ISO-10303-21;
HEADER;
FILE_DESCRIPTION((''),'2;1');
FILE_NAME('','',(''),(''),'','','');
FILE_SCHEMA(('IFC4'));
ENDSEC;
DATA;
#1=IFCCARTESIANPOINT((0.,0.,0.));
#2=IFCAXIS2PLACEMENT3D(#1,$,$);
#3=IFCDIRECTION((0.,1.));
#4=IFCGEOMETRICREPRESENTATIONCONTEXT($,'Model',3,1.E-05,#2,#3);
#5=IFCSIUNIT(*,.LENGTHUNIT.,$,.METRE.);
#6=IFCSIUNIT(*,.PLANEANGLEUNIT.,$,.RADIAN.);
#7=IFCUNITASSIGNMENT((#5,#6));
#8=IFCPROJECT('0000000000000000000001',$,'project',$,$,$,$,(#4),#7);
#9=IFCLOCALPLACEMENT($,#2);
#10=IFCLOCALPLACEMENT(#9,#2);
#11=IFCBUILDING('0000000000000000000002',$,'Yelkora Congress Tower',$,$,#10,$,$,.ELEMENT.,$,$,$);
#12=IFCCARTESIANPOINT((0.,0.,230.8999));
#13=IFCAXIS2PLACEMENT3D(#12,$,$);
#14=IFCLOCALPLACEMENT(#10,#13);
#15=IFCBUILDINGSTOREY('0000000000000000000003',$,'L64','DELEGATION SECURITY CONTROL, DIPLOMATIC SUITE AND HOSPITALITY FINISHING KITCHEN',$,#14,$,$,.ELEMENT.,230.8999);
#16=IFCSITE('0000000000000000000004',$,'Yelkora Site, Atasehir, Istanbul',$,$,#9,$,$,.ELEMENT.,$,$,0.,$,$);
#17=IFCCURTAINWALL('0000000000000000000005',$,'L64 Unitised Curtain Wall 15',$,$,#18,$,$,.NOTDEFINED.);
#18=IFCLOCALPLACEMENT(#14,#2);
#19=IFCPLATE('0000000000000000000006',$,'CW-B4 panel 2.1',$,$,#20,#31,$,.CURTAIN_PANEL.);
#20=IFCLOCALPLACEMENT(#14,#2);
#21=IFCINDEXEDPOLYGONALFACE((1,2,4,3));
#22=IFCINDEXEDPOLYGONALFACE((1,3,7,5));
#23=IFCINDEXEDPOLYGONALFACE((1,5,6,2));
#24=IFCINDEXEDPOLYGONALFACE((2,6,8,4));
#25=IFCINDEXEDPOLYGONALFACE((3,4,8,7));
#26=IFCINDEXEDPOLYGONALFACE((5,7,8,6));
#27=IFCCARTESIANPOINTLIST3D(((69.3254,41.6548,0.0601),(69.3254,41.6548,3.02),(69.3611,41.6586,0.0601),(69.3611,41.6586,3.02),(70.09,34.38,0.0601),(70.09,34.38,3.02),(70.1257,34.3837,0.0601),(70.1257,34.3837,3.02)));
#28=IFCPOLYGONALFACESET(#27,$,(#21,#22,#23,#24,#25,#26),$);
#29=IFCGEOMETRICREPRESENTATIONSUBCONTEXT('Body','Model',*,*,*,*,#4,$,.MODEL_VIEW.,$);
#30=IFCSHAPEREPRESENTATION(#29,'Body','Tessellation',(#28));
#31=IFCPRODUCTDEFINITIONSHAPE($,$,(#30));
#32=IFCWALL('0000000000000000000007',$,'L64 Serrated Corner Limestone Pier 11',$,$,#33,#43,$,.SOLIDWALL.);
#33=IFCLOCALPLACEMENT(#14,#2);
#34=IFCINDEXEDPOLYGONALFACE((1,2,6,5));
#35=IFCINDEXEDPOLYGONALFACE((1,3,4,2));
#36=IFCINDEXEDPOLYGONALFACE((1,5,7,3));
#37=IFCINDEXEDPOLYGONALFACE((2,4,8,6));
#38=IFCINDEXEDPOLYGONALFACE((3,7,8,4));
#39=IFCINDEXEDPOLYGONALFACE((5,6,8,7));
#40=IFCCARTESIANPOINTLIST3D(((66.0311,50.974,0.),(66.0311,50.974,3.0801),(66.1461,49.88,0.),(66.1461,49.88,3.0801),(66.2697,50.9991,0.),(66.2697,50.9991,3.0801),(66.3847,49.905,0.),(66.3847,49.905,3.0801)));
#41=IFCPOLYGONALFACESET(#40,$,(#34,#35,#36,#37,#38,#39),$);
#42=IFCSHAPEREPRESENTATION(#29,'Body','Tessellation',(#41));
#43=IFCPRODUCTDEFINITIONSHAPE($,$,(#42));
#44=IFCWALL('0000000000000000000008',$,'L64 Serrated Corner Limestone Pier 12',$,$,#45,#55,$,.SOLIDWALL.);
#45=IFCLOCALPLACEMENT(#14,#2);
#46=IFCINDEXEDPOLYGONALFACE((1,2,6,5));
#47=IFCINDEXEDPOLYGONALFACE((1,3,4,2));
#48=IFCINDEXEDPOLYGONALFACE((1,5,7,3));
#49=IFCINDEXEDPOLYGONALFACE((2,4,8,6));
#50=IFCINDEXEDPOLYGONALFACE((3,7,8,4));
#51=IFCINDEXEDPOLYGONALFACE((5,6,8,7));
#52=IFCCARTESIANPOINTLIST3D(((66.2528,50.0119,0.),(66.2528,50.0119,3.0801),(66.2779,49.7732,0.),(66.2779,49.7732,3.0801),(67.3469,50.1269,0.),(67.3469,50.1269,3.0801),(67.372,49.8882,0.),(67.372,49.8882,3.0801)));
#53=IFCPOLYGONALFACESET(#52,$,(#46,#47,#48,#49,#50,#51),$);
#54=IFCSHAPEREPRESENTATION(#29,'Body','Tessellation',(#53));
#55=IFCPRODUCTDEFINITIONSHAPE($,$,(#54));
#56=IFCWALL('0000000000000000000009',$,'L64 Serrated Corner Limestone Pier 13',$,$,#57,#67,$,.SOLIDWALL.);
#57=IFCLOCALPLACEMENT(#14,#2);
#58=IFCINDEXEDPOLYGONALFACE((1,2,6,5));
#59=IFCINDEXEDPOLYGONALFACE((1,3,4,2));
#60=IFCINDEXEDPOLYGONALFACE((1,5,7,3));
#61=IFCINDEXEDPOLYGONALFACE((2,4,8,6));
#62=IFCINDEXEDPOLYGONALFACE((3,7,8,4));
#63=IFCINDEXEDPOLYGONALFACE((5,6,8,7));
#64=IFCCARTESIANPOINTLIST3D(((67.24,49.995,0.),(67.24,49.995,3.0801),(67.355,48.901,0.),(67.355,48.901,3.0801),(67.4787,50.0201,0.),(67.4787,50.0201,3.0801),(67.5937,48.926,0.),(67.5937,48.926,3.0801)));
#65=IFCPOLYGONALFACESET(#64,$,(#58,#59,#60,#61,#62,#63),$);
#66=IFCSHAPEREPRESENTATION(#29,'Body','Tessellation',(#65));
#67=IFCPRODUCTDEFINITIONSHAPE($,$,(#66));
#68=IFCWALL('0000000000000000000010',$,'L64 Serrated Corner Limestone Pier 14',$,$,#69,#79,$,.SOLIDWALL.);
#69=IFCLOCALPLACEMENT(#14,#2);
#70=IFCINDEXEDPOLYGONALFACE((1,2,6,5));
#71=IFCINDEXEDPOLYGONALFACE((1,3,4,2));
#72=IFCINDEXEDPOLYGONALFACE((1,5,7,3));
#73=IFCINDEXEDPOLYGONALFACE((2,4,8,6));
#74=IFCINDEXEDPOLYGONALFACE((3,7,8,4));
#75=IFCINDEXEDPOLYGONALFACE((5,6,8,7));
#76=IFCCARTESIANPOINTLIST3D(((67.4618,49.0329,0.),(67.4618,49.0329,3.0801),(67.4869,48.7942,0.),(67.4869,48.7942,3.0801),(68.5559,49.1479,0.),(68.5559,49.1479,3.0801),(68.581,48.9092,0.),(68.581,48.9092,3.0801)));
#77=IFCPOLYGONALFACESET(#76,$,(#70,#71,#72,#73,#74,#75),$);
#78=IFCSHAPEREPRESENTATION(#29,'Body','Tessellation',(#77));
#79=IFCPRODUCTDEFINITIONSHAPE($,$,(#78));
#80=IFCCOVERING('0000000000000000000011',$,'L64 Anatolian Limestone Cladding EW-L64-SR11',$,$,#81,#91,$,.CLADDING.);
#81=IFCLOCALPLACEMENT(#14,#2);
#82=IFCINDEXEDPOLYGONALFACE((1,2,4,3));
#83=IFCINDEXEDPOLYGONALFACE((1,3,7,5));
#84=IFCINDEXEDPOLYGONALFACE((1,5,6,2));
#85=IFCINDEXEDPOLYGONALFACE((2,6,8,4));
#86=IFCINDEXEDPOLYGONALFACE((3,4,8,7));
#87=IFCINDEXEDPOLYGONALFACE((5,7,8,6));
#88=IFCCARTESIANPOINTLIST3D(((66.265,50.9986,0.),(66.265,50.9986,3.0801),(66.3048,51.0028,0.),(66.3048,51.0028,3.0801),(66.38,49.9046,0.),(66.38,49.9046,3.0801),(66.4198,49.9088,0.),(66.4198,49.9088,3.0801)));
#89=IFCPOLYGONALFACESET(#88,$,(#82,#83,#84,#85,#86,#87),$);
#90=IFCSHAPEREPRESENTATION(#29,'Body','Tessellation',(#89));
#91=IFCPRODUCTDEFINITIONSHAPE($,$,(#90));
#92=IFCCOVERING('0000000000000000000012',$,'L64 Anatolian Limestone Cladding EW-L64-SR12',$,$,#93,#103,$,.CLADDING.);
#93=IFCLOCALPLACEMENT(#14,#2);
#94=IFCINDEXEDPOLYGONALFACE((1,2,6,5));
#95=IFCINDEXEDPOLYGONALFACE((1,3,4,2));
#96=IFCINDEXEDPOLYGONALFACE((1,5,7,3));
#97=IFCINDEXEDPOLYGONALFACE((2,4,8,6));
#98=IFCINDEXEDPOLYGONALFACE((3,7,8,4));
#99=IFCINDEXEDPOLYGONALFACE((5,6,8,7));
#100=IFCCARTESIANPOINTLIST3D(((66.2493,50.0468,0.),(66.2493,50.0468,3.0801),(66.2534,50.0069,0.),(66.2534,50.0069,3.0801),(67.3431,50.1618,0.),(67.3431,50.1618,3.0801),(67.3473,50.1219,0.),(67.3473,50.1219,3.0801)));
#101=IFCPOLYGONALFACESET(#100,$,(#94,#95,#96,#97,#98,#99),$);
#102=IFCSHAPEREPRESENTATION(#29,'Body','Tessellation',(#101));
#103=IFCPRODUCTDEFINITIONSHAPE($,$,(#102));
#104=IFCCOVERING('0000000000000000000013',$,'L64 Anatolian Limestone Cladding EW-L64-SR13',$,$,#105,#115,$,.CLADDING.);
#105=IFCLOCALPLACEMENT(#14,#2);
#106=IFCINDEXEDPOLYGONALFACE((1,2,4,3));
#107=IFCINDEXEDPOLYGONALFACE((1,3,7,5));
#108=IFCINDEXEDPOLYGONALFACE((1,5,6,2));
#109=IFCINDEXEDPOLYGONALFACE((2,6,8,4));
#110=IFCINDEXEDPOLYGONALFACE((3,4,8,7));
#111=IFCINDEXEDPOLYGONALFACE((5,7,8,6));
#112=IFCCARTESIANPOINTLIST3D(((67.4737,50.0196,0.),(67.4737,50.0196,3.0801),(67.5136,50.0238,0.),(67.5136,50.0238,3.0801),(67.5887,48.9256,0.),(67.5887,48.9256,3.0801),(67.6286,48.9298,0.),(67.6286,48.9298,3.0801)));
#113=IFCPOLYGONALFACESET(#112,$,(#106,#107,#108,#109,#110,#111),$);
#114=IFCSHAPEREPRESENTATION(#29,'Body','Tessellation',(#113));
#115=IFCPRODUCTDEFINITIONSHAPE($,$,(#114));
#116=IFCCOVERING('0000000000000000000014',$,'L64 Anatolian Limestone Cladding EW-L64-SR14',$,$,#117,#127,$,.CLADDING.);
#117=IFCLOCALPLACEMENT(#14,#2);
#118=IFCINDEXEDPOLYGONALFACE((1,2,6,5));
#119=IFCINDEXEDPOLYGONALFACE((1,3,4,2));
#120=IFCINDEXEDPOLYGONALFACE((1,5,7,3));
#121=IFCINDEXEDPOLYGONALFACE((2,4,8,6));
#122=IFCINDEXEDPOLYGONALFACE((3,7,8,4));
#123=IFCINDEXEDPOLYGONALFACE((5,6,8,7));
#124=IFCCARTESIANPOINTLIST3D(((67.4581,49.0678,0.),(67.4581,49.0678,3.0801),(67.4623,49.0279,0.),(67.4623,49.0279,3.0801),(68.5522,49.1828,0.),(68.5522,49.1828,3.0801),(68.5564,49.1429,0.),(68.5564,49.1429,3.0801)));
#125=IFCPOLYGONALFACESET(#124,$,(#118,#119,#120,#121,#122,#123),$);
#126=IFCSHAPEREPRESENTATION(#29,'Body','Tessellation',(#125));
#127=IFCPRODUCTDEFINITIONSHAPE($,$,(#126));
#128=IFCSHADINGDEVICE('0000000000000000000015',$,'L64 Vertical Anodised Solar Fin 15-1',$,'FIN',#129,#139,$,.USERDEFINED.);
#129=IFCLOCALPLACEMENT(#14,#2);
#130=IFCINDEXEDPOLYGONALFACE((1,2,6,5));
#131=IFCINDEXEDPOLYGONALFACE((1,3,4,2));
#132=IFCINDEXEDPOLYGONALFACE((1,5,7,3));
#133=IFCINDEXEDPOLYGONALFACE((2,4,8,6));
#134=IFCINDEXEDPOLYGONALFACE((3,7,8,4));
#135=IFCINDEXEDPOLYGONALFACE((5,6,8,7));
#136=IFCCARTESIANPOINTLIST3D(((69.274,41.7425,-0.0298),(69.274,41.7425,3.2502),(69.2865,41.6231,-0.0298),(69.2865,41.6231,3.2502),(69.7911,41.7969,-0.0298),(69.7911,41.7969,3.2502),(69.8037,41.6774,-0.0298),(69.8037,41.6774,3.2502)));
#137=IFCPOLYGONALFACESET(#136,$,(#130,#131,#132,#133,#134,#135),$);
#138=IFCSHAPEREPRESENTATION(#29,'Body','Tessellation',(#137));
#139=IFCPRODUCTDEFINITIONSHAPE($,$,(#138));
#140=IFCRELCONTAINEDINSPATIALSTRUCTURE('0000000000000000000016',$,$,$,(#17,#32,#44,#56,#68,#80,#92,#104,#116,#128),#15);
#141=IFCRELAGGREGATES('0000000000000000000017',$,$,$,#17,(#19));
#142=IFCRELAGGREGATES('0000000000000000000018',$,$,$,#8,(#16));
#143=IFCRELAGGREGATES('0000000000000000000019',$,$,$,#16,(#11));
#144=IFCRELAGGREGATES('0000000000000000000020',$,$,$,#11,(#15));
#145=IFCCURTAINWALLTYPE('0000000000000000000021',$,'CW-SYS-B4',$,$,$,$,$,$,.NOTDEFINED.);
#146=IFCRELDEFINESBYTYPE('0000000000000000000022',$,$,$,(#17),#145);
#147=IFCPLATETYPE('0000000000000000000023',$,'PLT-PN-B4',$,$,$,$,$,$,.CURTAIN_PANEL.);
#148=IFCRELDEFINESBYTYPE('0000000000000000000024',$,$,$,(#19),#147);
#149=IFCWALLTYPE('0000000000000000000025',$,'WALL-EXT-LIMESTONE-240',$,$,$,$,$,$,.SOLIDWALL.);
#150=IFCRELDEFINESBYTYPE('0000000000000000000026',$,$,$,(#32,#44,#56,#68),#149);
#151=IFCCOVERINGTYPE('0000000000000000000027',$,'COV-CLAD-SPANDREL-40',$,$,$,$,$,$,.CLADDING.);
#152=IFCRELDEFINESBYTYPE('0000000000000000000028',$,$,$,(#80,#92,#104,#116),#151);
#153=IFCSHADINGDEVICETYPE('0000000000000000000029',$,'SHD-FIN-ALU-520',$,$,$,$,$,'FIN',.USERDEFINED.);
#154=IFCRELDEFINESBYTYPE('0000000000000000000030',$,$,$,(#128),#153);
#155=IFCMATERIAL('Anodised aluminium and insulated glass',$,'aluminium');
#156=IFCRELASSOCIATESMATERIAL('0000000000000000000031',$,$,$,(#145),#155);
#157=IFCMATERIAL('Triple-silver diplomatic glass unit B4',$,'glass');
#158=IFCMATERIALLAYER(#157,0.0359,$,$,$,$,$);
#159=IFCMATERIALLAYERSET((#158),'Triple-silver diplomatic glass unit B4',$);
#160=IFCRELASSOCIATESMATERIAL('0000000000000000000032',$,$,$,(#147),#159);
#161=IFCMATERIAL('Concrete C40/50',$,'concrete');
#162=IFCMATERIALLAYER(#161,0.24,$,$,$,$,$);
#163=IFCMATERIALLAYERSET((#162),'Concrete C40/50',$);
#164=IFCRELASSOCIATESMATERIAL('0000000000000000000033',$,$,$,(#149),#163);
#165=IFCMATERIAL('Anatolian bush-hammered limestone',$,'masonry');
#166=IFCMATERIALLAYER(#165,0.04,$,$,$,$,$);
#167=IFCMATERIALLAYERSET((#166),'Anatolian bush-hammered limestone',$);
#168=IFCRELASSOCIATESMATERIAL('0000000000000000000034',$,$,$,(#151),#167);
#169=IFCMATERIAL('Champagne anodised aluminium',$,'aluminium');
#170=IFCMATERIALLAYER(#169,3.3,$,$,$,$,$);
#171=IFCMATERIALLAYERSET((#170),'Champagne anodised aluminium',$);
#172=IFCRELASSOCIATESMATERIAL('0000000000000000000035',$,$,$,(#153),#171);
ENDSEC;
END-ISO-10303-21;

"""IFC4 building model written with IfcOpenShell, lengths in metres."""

from ifc_helpers import new_model, si_unit, direction, frame, frame_2d, origin, origin_2d, place, context, subcontext, project, spatial, rectangle, extrude, material, layer, layer_set, type_object, element, aggregate, save


model = new_model("IFC4")

# Units and contexts
model_context = context("Model", 3, precision=1e-05, world=origin(), true_north=direction((0.0, 1.0)))
body_context = subcontext(model_context, "Body", "Model", "MODEL_VIEW")
ifc_project = project(units=[si_unit("LENGTHUNIT", "METRE"), si_unit("PLANEANGLEUNIT", "RADIAN")], contexts=[model_context])

# Site, building, storey
site_placement = place(None, origin())
site = spatial("IfcSite", under=ifc_project, at=site_placement, Name="Yelkora Site, Atasehir, Istanbul", CompositionType="ELEMENT", RefElevation=0.0)
building_placement = place(site_placement, origin())
building = spatial("IfcBuilding", under=site, at=building_placement, Name="Yelkora Congress Tower", CompositionType="ELEMENT")
storey_placement = place(building_placement, frame((0.0, 0.0, 230.8999)))
storey = spatial("IfcBuildingStorey", under=building, at=storey_placement, Name="L64", Description="DELEGATION SECURITY CONTROL, DIPLOMATIC SUITE AND HOSPITALITY FINISHING KITCHEN", CompositionType="ELEMENT", Elevation=230.8999)

# Shared definitions
ifc_material_1 = material(Name="Anodised aluminium and insulated glass", Category="aluminium")
curtain_wall_type = type_object("IfcCurtainWallType", Name="CW-SYS-B4", PredefinedType="NOTDEFINED", material=ifc_material_1)

# Curtain wall, plate
curtain_wall_1_placement = place(storey_placement, origin())
curtain_wall_1 = element("IfcCurtainWall", 1, at=curtain_wall_1_placement, inside=storey, type_object=curtain_wall_type, Name="L64 Unitised Curtain Wall 15", PredefinedType="NOTDEFINED")
ifc_material_2 = material(Name="Triple-silver diplomatic glass unit B4", Category="glass")
ifc_layer_1 = layer(ifc_material_2, 0.0359)
ifc_layer_set_1 = layer_set([ifc_layer_1], Name="Triple-silver diplomatic glass unit B4")
plate_type = type_object("IfcPlateType", Name="PLT-PN-B4", PredefinedType="CURTAIN_PANEL", material=ifc_layer_set_1)
plate_1_placement = place(storey_placement, frame((69.7256, 38.0193, 0.0601), z_axis=(0.0, 0.0, 1.0), x_axis=(0.104526, -0.994522, 0.0)))
plate_1 = element("IfcPlate", 2, at=plate_1_placement, type_object=plate_type, Name="CW-B4 panel 2.1", PredefinedType="CURTAIN_PANEL", context=body_context, shape_type="SweptSolid", body=[
    extrude(rectangle(XDim=7.3149, YDim=0.0359, at=origin_2d()), origin(), (0.0, 0.0, 1.0), 2.96),
])
aggregate(curtain_wall_1, [plate_1])

# Walls
ifc_material_3 = material(Name="Concrete C40/50", Category="concrete")
ifc_layer_2 = layer(ifc_material_3, 0.24)
ifc_layer_set_2 = layer_set([ifc_layer_2], Name="Concrete C40/50")
wall_type = type_object("IfcWallType", Name="WALL-EXT-LIMESTONE-240", PredefinedType="SOLIDWALL", material=ifc_layer_set_2)
for number, where, z_axis, x_axis, name in (
    (3, (66.1504, 50.9866, 0.0), (0.0, 0.0, 1.0), (0.104535, -0.994521, 0.0), "L64 Serrated Corner Limestone Pier 11"),
    (4, (66.2654, 49.8926, 0.0), (0.0, 0.0, 1.0), (0.994521, 0.104535, 0.0), "L64 Serrated Corner Limestone Pier 12"),
    (5, (67.3594, 50.0076, 0.0), (0.0, 0.0, 1.0), (0.104535, -0.994521, 0.0), "L64 Serrated Corner Limestone Pier 13"),
    (6, (67.4744, 48.9136, 0.0), (0.0, 0.0, 1.0), (0.994521, 0.104535, 0.0), "L64 Serrated Corner Limestone Pier 14"),
):
    element("IfcWall", number, at=place(storey_placement, frame(where, z_axis=z_axis, x_axis=x_axis)), inside=storey, type_object=wall_type, Name=name, PredefinedType="SOLIDWALL", context=body_context, shape_type="SweptSolid", body=[
        extrude(rectangle(XDim=1.1001, YDim=0.24, at=frame_2d((0.55, 0.0))), origin(), (0.0, 0.0, 1.0), 3.0801),
    ])

# Coverings
ifc_material_4 = material(Name="Anatolian bush-hammered limestone", Category="masonry")
ifc_layer_3 = layer(ifc_material_4, 0.04)
ifc_layer_set_3 = layer_set([ifc_layer_3], Name="Anatolian bush-hammered limestone")
covering_type = type_object("IfcCoveringType", Name="COV-CLAD-SPANDREL-40", PredefinedType="CLADDING", material=ifc_layer_set_3)
covering_1_placement = place(storey_placement, frame((66.2849, 51.0007, 0.0), z_axis=(0.0, 0.0, 1.0), x_axis=(0.104535, -0.994521, 0.0)))
element("IfcCovering", 7, at=covering_1_placement, inside=storey, type_object=covering_type, Name="L64 Anatolian Limestone Cladding EW-L64-SR11", PredefinedType="CLADDING", context=body_context, shape_type="SweptSolid", body=[
    extrude(rectangle(XDim=1.1001, YDim=0.04, at=frame_2d((0.55, 0.0))), origin(), (0.0, 0.0, 1.0), 3.0801),
])
covering_2_placement = place(storey_placement, frame((66.2515, 50.0269, 0.0), z_axis=(0.0, 0.0, 1.0), x_axis=(0.994519, 0.104558, 0.0)))
element("IfcCovering", 8, at=covering_2_placement, inside=storey, type_object=covering_type, Name="L64 Anatolian Limestone Cladding EW-L64-SR12", PredefinedType="CLADDING", context=body_context, shape_type="SweptSolid", body=[
    extrude(rectangle(XDim=1.0999, YDim=0.04, at=frame_2d((0.5498, 0.0))), origin(), (0.0, 0.0, 1.0), 3.0801),
])
for number, where, z_axis, x_axis, name in (
    (9, (67.4937, 50.0217, 0.0), (0.0, 0.0, 1.0), (0.104535, -0.994521, 0.0), "L64 Anatolian Limestone Cladding EW-L64-SR13"),
    (10, (67.4602, 49.0479, 0.0), (0.0, 0.0, 1.0), (0.994521, 0.104535, 0.0), "L64 Anatolian Limestone Cladding EW-L64-SR14"),
):
    element("IfcCovering", number, at=place(storey_placement, frame(where, z_axis=z_axis, x_axis=x_axis)), inside=storey, type_object=covering_type, Name=name, PredefinedType="CLADDING", context=body_context, shape_type="SweptSolid", body=[
        extrude(rectangle(XDim=1.1001, YDim=0.04, at=frame_2d((0.55, 0.0))), origin(), (0.0, 0.0, 1.0), 3.0801),
    ])

# Shading device
ifc_material_5 = material(Name="Champagne anodised aluminium", Category="aluminium")
ifc_layer_4 = layer(ifc_material_5, 3.3)
ifc_layer_set_4 = layer_set([ifc_layer_4], Name="Champagne anodised aluminium")
shading_device_type = type_object("IfcShadingDeviceType", Name="SHD-FIN-ALU-520", ElementType="FIN", PredefinedType="USERDEFINED", material=ifc_layer_set_4)
shading_device_placement = place(storey_placement, frame((69.5388, 41.71, -0.0298), z_axis=(0.0, 0.0, 1.0), x_axis=(0.104528, -0.994522, 0.0)))
element("IfcShadingDevice", 11, at=shading_device_placement, inside=storey, type_object=shading_device_type, Name="L64 Vertical Anodised Solar Fin 15-1", ObjectType="FIN", PredefinedType="USERDEFINED", context=body_context, shape_type="SweptSolid", body=[
    extrude(rectangle(XDim=0.1201, YDim=0.52, at=origin_2d()), origin(), (0.0, 0.0, 1.0), 3.28),
])

save(model, "model.ifc")
